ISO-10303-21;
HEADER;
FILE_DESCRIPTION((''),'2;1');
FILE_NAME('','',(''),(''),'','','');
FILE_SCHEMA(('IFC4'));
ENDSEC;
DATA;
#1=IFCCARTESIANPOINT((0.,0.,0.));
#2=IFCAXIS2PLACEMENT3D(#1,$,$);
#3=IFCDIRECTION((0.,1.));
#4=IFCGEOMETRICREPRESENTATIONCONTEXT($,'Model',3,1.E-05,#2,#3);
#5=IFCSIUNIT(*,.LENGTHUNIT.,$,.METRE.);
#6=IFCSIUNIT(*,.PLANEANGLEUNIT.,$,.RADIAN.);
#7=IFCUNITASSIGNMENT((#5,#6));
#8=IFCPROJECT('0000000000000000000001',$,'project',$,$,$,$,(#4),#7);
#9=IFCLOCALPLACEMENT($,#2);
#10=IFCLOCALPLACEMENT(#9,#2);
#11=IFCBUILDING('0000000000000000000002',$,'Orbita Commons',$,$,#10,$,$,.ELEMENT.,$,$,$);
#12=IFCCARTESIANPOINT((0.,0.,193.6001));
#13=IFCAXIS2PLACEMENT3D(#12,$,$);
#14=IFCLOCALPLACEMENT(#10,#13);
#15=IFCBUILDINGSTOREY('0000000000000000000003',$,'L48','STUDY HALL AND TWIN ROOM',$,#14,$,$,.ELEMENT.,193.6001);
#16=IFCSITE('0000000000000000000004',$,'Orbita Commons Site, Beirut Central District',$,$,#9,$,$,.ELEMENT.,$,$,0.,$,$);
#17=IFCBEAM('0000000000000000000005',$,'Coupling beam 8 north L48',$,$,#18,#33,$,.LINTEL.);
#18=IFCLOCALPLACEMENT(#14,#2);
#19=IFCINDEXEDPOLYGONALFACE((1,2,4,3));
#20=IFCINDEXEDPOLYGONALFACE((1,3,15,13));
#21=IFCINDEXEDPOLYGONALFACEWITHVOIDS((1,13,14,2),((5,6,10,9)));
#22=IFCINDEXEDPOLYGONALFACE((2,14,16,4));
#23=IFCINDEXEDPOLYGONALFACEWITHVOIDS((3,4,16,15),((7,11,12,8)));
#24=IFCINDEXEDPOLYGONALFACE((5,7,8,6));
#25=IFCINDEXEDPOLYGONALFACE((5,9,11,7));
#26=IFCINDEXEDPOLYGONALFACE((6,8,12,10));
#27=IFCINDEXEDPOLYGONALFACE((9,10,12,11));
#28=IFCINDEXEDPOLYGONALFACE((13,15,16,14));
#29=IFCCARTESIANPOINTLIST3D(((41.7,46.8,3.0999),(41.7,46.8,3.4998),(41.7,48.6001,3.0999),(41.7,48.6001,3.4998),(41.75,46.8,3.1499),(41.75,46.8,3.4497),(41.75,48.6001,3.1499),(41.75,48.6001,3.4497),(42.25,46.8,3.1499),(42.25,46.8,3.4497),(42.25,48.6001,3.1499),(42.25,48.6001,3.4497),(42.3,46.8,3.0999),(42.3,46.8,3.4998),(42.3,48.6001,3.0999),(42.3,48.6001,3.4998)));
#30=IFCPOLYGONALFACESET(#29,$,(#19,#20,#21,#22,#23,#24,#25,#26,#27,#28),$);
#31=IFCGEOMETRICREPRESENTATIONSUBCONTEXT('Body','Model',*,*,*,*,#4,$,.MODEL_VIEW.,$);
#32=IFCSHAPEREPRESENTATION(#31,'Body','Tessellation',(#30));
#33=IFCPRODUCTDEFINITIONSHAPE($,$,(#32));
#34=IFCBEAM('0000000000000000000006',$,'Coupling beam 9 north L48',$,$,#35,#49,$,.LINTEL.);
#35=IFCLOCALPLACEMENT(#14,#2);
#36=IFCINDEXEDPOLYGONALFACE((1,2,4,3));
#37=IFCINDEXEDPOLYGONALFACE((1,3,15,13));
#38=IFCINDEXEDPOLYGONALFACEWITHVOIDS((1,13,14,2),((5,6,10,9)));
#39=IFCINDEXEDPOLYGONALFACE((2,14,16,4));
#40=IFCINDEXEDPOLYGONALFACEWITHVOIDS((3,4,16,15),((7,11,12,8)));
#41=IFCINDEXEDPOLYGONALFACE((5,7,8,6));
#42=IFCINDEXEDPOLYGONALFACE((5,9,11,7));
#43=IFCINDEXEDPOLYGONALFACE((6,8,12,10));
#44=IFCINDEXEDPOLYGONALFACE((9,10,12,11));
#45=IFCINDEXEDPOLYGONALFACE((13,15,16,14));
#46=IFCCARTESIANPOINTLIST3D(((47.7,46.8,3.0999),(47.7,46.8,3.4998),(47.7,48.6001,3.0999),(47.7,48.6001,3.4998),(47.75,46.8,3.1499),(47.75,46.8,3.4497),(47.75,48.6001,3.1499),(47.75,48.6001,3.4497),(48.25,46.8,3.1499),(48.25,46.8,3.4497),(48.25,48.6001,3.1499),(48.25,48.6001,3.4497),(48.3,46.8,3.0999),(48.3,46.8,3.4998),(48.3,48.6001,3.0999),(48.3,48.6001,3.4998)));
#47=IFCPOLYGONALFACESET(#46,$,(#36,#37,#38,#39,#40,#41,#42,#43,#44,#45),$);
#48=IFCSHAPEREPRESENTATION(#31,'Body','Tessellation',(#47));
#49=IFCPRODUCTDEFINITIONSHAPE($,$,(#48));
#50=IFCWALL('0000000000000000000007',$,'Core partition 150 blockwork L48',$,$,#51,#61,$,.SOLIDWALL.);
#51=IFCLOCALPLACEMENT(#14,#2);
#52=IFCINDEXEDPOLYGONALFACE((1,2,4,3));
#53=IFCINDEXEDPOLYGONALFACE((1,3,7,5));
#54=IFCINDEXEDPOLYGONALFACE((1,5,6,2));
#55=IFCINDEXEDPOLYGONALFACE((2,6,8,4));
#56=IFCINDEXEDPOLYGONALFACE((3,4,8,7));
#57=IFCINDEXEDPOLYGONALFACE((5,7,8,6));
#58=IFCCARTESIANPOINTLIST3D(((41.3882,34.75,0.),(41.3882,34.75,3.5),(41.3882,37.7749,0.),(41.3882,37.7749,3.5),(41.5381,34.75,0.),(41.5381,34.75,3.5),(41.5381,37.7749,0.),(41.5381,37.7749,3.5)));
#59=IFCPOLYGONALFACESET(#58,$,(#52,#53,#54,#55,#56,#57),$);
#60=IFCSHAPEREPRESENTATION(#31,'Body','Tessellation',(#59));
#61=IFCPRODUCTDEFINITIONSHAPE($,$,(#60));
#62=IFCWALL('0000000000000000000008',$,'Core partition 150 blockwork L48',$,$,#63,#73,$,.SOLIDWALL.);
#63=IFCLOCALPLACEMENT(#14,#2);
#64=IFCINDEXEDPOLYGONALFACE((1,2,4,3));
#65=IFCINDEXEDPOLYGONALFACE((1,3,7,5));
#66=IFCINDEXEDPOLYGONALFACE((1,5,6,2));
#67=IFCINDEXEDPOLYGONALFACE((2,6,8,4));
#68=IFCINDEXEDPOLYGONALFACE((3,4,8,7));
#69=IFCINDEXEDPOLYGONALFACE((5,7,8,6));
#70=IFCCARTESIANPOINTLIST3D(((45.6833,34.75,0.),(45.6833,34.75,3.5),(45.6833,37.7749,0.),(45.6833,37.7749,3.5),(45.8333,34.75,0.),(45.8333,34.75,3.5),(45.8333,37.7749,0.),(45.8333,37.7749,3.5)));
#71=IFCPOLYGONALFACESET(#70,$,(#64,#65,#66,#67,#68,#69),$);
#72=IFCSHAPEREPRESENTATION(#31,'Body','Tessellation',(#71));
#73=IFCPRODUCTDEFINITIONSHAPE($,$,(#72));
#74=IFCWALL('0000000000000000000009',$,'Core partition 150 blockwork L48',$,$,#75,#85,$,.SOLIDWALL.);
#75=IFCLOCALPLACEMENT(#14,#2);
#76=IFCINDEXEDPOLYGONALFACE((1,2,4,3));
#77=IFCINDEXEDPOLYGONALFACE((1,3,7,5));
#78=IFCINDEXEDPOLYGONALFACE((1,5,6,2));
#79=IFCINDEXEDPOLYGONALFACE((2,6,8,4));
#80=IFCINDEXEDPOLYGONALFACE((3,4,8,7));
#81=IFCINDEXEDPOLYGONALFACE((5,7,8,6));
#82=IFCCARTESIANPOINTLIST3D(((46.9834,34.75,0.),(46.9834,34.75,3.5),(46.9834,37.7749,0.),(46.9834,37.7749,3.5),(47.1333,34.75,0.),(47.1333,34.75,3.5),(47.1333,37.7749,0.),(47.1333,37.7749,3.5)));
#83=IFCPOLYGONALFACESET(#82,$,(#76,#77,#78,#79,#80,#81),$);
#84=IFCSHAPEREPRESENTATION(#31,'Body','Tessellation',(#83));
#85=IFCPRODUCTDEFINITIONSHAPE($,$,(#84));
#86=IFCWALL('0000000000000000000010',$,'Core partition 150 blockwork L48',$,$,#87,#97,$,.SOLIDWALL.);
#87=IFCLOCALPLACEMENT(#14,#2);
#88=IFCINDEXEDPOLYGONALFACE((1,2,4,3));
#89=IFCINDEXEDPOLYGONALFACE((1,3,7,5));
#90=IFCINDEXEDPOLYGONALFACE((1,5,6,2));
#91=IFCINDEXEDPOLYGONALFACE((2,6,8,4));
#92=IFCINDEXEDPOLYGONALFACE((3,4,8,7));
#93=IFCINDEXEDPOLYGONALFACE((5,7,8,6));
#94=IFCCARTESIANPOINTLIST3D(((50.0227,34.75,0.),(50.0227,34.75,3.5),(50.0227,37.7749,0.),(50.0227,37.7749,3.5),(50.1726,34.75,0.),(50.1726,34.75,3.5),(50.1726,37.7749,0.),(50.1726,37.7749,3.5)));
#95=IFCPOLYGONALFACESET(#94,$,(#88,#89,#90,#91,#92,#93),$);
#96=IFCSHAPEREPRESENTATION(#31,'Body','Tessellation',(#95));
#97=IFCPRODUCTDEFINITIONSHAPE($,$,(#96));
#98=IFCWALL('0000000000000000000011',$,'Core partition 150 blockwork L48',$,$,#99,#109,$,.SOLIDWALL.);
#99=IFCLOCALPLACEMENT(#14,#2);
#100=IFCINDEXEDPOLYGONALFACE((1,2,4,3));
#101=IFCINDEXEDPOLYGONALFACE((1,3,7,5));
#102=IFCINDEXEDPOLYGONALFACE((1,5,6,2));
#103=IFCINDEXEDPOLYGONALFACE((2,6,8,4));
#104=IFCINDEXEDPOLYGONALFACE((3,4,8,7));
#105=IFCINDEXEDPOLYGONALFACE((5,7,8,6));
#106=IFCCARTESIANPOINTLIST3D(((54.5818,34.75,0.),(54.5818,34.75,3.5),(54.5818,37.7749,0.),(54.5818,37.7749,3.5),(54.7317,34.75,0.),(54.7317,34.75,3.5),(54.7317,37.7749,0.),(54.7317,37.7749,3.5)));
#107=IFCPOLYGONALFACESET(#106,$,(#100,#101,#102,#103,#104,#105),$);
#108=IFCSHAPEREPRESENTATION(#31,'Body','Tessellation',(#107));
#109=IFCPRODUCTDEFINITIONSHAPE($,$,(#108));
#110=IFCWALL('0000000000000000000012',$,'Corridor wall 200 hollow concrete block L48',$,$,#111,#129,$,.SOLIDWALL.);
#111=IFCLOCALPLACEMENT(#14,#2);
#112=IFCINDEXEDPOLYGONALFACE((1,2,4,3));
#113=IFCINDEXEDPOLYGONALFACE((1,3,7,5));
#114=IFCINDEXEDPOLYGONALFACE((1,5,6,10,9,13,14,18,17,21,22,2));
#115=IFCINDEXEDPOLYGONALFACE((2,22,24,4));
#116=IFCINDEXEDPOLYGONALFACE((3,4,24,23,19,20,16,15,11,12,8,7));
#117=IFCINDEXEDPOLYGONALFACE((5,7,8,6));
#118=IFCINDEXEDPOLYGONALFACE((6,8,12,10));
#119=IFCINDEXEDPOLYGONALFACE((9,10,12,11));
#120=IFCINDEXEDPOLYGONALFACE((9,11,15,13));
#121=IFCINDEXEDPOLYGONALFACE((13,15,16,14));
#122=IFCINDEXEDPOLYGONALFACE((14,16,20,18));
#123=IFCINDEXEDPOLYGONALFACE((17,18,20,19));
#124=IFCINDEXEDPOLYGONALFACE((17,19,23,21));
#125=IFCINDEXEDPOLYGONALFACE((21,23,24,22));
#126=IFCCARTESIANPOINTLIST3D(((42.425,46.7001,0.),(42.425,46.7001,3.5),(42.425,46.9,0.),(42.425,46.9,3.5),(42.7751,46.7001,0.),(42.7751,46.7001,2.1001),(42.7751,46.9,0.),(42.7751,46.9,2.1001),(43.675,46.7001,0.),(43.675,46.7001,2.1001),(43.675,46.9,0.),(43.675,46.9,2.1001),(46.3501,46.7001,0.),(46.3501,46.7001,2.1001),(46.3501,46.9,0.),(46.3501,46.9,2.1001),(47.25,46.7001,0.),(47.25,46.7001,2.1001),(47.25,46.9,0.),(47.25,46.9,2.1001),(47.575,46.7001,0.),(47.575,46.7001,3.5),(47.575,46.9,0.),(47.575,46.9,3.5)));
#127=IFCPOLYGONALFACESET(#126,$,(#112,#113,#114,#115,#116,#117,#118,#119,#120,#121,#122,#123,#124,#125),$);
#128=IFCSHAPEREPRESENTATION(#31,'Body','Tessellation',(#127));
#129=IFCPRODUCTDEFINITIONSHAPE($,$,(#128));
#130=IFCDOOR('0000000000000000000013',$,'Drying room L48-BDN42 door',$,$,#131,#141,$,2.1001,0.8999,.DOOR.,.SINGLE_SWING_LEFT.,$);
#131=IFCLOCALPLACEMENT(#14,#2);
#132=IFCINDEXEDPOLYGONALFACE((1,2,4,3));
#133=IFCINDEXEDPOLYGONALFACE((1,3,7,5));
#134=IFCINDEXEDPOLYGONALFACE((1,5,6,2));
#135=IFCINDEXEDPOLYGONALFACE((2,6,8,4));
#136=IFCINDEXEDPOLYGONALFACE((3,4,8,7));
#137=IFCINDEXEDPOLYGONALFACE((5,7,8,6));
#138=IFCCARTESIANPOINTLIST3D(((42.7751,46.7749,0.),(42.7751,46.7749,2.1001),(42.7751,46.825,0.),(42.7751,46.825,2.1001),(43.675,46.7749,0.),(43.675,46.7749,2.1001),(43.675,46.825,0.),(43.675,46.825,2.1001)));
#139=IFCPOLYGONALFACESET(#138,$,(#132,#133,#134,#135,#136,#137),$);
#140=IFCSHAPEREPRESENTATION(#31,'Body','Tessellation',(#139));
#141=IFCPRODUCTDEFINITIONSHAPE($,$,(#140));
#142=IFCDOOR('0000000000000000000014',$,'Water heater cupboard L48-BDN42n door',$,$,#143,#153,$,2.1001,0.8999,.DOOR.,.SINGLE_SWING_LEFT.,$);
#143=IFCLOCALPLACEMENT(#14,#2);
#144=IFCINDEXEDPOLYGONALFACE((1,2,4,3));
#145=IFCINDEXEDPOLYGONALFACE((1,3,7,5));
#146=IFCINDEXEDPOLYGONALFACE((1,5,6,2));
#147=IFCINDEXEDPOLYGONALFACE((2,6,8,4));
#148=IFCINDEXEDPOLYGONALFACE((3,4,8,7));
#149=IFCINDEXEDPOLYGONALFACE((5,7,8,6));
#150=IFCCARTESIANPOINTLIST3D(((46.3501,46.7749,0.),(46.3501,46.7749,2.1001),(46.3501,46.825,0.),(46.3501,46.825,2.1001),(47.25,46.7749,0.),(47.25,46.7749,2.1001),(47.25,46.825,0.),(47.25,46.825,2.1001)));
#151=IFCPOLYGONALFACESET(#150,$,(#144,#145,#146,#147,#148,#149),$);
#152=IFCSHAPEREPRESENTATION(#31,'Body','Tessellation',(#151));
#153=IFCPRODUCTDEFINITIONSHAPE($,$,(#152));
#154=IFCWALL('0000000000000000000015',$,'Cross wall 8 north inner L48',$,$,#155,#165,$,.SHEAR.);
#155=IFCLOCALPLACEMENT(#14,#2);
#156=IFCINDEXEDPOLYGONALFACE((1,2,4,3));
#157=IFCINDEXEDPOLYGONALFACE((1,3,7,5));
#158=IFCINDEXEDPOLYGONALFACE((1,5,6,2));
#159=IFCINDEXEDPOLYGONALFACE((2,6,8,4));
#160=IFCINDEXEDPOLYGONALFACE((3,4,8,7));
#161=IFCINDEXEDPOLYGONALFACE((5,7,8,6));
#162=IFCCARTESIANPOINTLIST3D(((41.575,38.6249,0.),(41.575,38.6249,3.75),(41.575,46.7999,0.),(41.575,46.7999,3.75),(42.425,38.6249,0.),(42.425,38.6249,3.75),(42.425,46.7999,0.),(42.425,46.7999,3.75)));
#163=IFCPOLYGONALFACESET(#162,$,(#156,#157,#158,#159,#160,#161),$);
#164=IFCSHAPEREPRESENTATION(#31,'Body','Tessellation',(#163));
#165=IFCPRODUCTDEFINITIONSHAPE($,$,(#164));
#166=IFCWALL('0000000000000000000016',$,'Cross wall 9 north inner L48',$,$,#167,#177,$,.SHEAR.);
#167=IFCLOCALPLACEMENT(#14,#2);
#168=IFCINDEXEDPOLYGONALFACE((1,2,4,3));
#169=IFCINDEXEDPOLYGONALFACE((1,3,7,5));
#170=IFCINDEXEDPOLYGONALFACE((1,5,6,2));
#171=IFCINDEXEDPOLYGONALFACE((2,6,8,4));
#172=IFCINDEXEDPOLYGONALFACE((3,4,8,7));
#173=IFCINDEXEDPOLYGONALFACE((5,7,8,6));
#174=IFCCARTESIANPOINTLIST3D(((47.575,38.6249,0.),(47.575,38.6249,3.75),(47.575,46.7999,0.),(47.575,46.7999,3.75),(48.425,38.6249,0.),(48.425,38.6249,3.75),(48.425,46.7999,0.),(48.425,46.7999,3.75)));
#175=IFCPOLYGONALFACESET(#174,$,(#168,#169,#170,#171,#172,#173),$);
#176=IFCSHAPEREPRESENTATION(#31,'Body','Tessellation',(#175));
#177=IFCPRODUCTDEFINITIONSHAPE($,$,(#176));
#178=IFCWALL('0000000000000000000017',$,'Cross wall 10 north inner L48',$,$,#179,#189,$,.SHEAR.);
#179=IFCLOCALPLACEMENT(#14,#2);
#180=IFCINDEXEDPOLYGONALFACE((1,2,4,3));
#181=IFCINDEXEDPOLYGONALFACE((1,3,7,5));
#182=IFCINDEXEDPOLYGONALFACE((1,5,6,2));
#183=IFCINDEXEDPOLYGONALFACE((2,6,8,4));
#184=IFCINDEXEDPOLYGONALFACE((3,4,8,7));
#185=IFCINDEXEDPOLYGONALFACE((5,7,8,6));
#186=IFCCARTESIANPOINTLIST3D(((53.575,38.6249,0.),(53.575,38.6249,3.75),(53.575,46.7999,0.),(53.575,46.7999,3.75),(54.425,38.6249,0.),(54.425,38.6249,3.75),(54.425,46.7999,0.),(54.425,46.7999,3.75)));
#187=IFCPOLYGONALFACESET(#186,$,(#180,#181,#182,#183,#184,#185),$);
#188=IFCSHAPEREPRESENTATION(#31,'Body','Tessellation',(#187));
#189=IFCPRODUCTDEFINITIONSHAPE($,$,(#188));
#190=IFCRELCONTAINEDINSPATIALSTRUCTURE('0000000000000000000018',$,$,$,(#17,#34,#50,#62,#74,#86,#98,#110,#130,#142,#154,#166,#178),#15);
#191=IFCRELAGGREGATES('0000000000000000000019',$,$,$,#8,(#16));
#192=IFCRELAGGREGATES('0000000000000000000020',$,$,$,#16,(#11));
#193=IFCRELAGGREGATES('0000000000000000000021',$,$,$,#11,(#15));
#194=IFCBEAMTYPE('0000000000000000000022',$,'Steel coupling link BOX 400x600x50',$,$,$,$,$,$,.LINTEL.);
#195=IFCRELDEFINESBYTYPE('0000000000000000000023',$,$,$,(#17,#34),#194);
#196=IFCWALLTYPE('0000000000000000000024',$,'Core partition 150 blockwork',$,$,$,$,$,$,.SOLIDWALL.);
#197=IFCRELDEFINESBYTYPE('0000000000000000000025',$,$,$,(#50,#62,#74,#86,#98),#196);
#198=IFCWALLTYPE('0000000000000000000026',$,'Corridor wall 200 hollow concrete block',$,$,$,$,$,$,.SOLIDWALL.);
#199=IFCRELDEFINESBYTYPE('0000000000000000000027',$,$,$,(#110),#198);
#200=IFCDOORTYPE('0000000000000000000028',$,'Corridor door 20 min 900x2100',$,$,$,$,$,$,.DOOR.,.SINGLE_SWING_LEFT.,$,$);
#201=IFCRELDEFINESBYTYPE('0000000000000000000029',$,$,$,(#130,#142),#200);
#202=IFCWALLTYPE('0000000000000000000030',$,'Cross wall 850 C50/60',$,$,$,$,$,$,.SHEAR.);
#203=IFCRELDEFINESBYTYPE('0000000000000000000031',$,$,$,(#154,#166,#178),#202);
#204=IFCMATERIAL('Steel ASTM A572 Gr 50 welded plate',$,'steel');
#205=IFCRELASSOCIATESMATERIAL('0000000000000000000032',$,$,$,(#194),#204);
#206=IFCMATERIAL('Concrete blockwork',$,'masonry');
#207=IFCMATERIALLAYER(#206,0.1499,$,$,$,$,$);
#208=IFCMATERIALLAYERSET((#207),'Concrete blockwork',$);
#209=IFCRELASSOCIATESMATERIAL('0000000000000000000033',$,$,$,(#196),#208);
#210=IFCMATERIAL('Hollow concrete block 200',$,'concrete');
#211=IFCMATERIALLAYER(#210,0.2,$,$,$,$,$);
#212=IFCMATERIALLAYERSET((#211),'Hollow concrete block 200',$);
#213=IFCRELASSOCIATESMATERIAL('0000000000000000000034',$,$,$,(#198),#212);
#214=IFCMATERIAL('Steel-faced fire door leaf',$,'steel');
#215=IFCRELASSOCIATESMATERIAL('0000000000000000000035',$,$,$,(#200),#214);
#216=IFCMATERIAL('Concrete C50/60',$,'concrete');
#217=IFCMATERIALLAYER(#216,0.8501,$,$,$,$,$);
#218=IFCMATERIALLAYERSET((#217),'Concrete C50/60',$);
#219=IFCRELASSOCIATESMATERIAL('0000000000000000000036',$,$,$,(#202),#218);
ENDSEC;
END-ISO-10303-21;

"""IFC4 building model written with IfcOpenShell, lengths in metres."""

from ifc_helpers import new_model, si_unit, direction, frame, frame_2d, origin, origin_2d, place, context, subcontext, project, spatial, rectangle, hollow_rectangle, extrude, material, layer, layer_set, material_profile, profile_set, type_object, element, fill, save


model = new_model("IFC4")

# Units and contexts
model_context = context("Model", 3, precision=1e-05, world=origin(), true_north=direction((0.0, 1.0)))
body_context = subcontext(model_context, "Body", "Model", "MODEL_VIEW")
ifc_project = project(units=[si_unit("LENGTHUNIT", "METRE"), si_unit("PLANEANGLEUNIT", "RADIAN")], contexts=[model_context])

# Site, building, storey
site_placement = place(None, origin())
site = spatial("IfcSite", under=ifc_project, at=site_placement, Name="Orbita Commons Site, Beirut Central District", CompositionType="ELEMENT", RefElevation=0.0)
building_placement = place(site_placement, origin())
building = spatial("IfcBuilding", under=site, at=building_placement, Name="Orbita Commons", CompositionType="ELEMENT")
storey_placement = place(building_placement, frame((0.0, 0.0, 193.6001)))
storey = spatial("IfcBuildingStorey", under=building, at=storey_placement, Name="L48", Description="STUDY HALL AND TWIN ROOM", CompositionType="ELEMENT", Elevation=193.6001)

# Beams
ifc_material_1 = material(Name="Steel ASTM A572 Gr 50 welded plate", Category="steel")
ifc_material_profile = material_profile(ifc_material_1, hollow_rectangle(XDim=0.6001, YDim=0.3999, WallThickness=0.05, at=origin_2d()), Name="BOX 400x600x50")
ifc_profile_set = profile_set([ifc_material_profile], Name="Steel ASTM A572 Gr 50 welded plate")
beam_type = type_object("IfcBeamType", Name="Steel coupling link BOX 400x600x50", PredefinedType="LINTEL", material=ifc_profile_set)
for number, where, z_axis, x_axis, name in (
    (1, (42.0, 46.8, 3.2998), (0.0, 1.0, 0.0), (-1.0, 0.0, 0.0), "Coupling beam 8 north L48"),
    (2, (48.0, 46.8, 3.2998), (0.0, 1.0, 0.0), (-1.0, 0.0, 0.0), "Coupling beam 9 north L48"),
):
    element("IfcBeam", number, at=place(storey_placement, frame(where, z_axis=z_axis, x_axis=x_axis)), inside=storey, type_object=beam_type, Name=name, PredefinedType="LINTEL", context=body_context, shape_type="SweptSolid", body=[
        extrude(hollow_rectangle(XDim=0.6001, YDim=0.3999, WallThickness=0.05, at=origin_2d()), origin(), (0.0, 0.0, 1.0), 1.8),
    ])

# Walls
ifc_material_2 = material(Name="Concrete blockwork", Category="masonry")
ifc_layer_1 = layer(ifc_material_2, 0.1499)
ifc_layer_set_1 = layer_set([ifc_layer_1], Name="Concrete blockwork")
wall_type_1 = type_object("IfcWallType", Name="Core partition 150 blockwork", PredefinedType="SOLIDWALL", material=ifc_layer_set_1)
for number, where, z_axis, x_axis, name in (
    (3, (41.4631, 34.75, 0.0), (0.0, 0.0, 1.0), (0.0, 1.0, 0.0), "Core partition 150 blockwork L48"),
    (4, (45.7583, 34.75, 0.0), (0.0, 0.0, 1.0), (0.0, 1.0, 0.0), "Core partition 150 blockwork L48"),
    (5, (47.0583, 34.75, 0.0), (0.0, 0.0, 1.0), (0.0, 1.0, 0.0), "Core partition 150 blockwork L48"),
    (6, (50.0977, 34.75, 0.0), (0.0, 0.0, 1.0), (0.0, 1.0, 0.0), "Core partition 150 blockwork L48"),
    (7, (54.6567, 34.75, 0.0), (0.0, 0.0, 1.0), (0.0, 1.0, 0.0), "Core partition 150 blockwork L48"),
):
    element("IfcWall", number, at=place(storey_placement, frame(where, z_axis=z_axis, x_axis=x_axis)), inside=storey, type_object=wall_type_1, Name=name, PredefinedType="SOLIDWALL", context=body_context, shape_type="SweptSolid", body=[
        extrude(rectangle(XDim=3.0249, YDim=0.1499, at=frame_2d((1.5125, 0.0))), origin(), (0.0, 0.0, 1.0), 3.5),
    ])

# Wall, openings, doors
ifc_material_3 = material(Name="Hollow concrete block 200", Category="concrete")
ifc_layer_2 = layer(ifc_material_3, 0.2)
ifc_layer_set_2 = layer_set([ifc_layer_2], Name="Hollow concrete block 200")
wall_type_2 = type_object("IfcWallType", Name="Corridor wall 200 hollow concrete block", PredefinedType="SOLIDWALL", material=ifc_layer_set_2)
wall_placement = place(storey_placement, frame((42.425, 46.8, 0.0), z_axis=(0.0, 0.0, 1.0), x_axis=(1.0, 0.0, 0.0)))
wall = element("IfcWall", 8, at=wall_placement, inside=storey, type_object=wall_type_2, Name="Corridor wall 200 hollow concrete block L48", PredefinedType="SOLIDWALL", context=body_context, shape_type="SweptSolid", body=[
    extrude(rectangle(XDim=5.1499, YDim=0.2, at=frame_2d((2.575, 0.0))), origin(), (0.0, 0.0, 1.0), 3.5),
])
opening_1_placement = place(wall_placement, frame((0.3501, 0.0, 0.0)))
opening_1 = element("IfcOpeningElement", 9, at=opening_1_placement, cuts=wall, PredefinedType="OPENING", context=body_context, shape_type="SweptSolid", body=[
    extrude(rectangle(XDim=0.8999, YDim=2.1001, at=frame_2d((0.45, 1.05))), frame((0.0, 0.1099, 0.0), z_axis=(0.0, -1.0, 0.0), x_axis=(1.0, 0.0, 0.0)), (0.0, 0.0, 1.0), 0.22),
])
opening_2_placement = place(wall_placement, frame((3.925, 0.0, 0.0)))
opening_2 = element("IfcOpeningElement", 10, at=opening_2_placement, cuts=wall, PredefinedType="OPENING", context=body_context, shape_type="SweptSolid", body=[
    extrude(rectangle(XDim=0.8999, YDim=2.1001, at=frame_2d((0.45, 1.05))), frame((0.0, 0.1099, 0.0), z_axis=(0.0, -1.0, 0.0), x_axis=(1.0, 0.0, 0.0)), (0.0, 0.0, 1.0), 0.22),
])
ifc_material_4 = material(Name="Steel-faced fire door leaf", Category="steel")
door_type = type_object("IfcDoorType", Name="Corridor door 20 min 900x2100", OperationType="SINGLE_SWING_LEFT", PredefinedType="DOOR", material=ifc_material_4)
door_1_placement = place(opening_1_placement, origin())
door_1 = element("IfcDoor", 11, at=door_1_placement, inside=storey, type_object=door_type, Name="Drying room L48-BDN42 door", OperationType="SINGLE_SWING_LEFT", OverallHeight=2.1001, OverallWidth=0.8999, PredefinedType="DOOR", context=body_context, shape_type="SweptSolid", body=[
    extrude(rectangle(XDim=0.8999, YDim=2.1001, at=frame_2d((0.45, 1.05))), frame((0.0, 0.0249, 0.0), z_axis=(0.0, -1.0, 0.0), x_axis=(1.0, 0.0, 0.0)), (0.0, 0.0, 1.0), 0.05),
])
fill(opening_1, door_1)
door_2_placement = place(opening_2_placement, origin())
door_2 = element("IfcDoor", 12, at=door_2_placement, inside=storey, type_object=door_type, Name="Water heater cupboard L48-BDN42n door", OperationType="SINGLE_SWING_LEFT", OverallHeight=2.1001, OverallWidth=0.8999, PredefinedType="DOOR", context=body_context, shape_type="SweptSolid", body=[
    extrude(rectangle(XDim=0.8999, YDim=2.1001, at=frame_2d((0.45, 1.05))), frame((0.0, 0.0249, 0.0), z_axis=(0.0, -1.0, 0.0), x_axis=(1.0, 0.0, 0.0)), (0.0, 0.0, 1.0), 0.05),
])
fill(opening_2, door_2)

# Walls
ifc_material_5 = material(Name="Concrete C50/60", Category="concrete")
ifc_layer_3 = layer(ifc_material_5, 0.8501)
ifc_layer_set_3 = layer_set([ifc_layer_3], Name="Concrete C50/60")
wall_type_3 = type_object("IfcWallType", Name="Cross wall 850 C50/60", PredefinedType="SHEAR", material=ifc_layer_set_3)
for number, where, z_axis, x_axis, name in (
    (13, (42.0, 38.625, 0.0), (0.0, 0.0, 1.0), (0.0, 1.0, 0.0), "Cross wall 8 north inner L48"),
    (14, (48.0, 38.625, 0.0), (0.0, 0.0, 1.0), (0.0, 1.0, 0.0), "Cross wall 9 north inner L48"),
    (15, (54.0, 38.625, 0.0), (0.0, 0.0, 1.0), (0.0, 1.0, 0.0), "Cross wall 10 north inner L48"),
):
    element("IfcWall", number, at=place(storey_placement, frame(where, z_axis=z_axis, x_axis=x_axis)), inside=storey, type_object=wall_type_3, Name=name, PredefinedType="SHEAR", context=body_context, shape_type="SweptSolid", body=[
        extrude(rectangle(XDim=8.175, YDim=0.8501, at=frame_2d((4.0874, 0.0))), origin(), (0.0, 0.0, 1.0), 3.75),
    ])

save(model, "model.ifc")
